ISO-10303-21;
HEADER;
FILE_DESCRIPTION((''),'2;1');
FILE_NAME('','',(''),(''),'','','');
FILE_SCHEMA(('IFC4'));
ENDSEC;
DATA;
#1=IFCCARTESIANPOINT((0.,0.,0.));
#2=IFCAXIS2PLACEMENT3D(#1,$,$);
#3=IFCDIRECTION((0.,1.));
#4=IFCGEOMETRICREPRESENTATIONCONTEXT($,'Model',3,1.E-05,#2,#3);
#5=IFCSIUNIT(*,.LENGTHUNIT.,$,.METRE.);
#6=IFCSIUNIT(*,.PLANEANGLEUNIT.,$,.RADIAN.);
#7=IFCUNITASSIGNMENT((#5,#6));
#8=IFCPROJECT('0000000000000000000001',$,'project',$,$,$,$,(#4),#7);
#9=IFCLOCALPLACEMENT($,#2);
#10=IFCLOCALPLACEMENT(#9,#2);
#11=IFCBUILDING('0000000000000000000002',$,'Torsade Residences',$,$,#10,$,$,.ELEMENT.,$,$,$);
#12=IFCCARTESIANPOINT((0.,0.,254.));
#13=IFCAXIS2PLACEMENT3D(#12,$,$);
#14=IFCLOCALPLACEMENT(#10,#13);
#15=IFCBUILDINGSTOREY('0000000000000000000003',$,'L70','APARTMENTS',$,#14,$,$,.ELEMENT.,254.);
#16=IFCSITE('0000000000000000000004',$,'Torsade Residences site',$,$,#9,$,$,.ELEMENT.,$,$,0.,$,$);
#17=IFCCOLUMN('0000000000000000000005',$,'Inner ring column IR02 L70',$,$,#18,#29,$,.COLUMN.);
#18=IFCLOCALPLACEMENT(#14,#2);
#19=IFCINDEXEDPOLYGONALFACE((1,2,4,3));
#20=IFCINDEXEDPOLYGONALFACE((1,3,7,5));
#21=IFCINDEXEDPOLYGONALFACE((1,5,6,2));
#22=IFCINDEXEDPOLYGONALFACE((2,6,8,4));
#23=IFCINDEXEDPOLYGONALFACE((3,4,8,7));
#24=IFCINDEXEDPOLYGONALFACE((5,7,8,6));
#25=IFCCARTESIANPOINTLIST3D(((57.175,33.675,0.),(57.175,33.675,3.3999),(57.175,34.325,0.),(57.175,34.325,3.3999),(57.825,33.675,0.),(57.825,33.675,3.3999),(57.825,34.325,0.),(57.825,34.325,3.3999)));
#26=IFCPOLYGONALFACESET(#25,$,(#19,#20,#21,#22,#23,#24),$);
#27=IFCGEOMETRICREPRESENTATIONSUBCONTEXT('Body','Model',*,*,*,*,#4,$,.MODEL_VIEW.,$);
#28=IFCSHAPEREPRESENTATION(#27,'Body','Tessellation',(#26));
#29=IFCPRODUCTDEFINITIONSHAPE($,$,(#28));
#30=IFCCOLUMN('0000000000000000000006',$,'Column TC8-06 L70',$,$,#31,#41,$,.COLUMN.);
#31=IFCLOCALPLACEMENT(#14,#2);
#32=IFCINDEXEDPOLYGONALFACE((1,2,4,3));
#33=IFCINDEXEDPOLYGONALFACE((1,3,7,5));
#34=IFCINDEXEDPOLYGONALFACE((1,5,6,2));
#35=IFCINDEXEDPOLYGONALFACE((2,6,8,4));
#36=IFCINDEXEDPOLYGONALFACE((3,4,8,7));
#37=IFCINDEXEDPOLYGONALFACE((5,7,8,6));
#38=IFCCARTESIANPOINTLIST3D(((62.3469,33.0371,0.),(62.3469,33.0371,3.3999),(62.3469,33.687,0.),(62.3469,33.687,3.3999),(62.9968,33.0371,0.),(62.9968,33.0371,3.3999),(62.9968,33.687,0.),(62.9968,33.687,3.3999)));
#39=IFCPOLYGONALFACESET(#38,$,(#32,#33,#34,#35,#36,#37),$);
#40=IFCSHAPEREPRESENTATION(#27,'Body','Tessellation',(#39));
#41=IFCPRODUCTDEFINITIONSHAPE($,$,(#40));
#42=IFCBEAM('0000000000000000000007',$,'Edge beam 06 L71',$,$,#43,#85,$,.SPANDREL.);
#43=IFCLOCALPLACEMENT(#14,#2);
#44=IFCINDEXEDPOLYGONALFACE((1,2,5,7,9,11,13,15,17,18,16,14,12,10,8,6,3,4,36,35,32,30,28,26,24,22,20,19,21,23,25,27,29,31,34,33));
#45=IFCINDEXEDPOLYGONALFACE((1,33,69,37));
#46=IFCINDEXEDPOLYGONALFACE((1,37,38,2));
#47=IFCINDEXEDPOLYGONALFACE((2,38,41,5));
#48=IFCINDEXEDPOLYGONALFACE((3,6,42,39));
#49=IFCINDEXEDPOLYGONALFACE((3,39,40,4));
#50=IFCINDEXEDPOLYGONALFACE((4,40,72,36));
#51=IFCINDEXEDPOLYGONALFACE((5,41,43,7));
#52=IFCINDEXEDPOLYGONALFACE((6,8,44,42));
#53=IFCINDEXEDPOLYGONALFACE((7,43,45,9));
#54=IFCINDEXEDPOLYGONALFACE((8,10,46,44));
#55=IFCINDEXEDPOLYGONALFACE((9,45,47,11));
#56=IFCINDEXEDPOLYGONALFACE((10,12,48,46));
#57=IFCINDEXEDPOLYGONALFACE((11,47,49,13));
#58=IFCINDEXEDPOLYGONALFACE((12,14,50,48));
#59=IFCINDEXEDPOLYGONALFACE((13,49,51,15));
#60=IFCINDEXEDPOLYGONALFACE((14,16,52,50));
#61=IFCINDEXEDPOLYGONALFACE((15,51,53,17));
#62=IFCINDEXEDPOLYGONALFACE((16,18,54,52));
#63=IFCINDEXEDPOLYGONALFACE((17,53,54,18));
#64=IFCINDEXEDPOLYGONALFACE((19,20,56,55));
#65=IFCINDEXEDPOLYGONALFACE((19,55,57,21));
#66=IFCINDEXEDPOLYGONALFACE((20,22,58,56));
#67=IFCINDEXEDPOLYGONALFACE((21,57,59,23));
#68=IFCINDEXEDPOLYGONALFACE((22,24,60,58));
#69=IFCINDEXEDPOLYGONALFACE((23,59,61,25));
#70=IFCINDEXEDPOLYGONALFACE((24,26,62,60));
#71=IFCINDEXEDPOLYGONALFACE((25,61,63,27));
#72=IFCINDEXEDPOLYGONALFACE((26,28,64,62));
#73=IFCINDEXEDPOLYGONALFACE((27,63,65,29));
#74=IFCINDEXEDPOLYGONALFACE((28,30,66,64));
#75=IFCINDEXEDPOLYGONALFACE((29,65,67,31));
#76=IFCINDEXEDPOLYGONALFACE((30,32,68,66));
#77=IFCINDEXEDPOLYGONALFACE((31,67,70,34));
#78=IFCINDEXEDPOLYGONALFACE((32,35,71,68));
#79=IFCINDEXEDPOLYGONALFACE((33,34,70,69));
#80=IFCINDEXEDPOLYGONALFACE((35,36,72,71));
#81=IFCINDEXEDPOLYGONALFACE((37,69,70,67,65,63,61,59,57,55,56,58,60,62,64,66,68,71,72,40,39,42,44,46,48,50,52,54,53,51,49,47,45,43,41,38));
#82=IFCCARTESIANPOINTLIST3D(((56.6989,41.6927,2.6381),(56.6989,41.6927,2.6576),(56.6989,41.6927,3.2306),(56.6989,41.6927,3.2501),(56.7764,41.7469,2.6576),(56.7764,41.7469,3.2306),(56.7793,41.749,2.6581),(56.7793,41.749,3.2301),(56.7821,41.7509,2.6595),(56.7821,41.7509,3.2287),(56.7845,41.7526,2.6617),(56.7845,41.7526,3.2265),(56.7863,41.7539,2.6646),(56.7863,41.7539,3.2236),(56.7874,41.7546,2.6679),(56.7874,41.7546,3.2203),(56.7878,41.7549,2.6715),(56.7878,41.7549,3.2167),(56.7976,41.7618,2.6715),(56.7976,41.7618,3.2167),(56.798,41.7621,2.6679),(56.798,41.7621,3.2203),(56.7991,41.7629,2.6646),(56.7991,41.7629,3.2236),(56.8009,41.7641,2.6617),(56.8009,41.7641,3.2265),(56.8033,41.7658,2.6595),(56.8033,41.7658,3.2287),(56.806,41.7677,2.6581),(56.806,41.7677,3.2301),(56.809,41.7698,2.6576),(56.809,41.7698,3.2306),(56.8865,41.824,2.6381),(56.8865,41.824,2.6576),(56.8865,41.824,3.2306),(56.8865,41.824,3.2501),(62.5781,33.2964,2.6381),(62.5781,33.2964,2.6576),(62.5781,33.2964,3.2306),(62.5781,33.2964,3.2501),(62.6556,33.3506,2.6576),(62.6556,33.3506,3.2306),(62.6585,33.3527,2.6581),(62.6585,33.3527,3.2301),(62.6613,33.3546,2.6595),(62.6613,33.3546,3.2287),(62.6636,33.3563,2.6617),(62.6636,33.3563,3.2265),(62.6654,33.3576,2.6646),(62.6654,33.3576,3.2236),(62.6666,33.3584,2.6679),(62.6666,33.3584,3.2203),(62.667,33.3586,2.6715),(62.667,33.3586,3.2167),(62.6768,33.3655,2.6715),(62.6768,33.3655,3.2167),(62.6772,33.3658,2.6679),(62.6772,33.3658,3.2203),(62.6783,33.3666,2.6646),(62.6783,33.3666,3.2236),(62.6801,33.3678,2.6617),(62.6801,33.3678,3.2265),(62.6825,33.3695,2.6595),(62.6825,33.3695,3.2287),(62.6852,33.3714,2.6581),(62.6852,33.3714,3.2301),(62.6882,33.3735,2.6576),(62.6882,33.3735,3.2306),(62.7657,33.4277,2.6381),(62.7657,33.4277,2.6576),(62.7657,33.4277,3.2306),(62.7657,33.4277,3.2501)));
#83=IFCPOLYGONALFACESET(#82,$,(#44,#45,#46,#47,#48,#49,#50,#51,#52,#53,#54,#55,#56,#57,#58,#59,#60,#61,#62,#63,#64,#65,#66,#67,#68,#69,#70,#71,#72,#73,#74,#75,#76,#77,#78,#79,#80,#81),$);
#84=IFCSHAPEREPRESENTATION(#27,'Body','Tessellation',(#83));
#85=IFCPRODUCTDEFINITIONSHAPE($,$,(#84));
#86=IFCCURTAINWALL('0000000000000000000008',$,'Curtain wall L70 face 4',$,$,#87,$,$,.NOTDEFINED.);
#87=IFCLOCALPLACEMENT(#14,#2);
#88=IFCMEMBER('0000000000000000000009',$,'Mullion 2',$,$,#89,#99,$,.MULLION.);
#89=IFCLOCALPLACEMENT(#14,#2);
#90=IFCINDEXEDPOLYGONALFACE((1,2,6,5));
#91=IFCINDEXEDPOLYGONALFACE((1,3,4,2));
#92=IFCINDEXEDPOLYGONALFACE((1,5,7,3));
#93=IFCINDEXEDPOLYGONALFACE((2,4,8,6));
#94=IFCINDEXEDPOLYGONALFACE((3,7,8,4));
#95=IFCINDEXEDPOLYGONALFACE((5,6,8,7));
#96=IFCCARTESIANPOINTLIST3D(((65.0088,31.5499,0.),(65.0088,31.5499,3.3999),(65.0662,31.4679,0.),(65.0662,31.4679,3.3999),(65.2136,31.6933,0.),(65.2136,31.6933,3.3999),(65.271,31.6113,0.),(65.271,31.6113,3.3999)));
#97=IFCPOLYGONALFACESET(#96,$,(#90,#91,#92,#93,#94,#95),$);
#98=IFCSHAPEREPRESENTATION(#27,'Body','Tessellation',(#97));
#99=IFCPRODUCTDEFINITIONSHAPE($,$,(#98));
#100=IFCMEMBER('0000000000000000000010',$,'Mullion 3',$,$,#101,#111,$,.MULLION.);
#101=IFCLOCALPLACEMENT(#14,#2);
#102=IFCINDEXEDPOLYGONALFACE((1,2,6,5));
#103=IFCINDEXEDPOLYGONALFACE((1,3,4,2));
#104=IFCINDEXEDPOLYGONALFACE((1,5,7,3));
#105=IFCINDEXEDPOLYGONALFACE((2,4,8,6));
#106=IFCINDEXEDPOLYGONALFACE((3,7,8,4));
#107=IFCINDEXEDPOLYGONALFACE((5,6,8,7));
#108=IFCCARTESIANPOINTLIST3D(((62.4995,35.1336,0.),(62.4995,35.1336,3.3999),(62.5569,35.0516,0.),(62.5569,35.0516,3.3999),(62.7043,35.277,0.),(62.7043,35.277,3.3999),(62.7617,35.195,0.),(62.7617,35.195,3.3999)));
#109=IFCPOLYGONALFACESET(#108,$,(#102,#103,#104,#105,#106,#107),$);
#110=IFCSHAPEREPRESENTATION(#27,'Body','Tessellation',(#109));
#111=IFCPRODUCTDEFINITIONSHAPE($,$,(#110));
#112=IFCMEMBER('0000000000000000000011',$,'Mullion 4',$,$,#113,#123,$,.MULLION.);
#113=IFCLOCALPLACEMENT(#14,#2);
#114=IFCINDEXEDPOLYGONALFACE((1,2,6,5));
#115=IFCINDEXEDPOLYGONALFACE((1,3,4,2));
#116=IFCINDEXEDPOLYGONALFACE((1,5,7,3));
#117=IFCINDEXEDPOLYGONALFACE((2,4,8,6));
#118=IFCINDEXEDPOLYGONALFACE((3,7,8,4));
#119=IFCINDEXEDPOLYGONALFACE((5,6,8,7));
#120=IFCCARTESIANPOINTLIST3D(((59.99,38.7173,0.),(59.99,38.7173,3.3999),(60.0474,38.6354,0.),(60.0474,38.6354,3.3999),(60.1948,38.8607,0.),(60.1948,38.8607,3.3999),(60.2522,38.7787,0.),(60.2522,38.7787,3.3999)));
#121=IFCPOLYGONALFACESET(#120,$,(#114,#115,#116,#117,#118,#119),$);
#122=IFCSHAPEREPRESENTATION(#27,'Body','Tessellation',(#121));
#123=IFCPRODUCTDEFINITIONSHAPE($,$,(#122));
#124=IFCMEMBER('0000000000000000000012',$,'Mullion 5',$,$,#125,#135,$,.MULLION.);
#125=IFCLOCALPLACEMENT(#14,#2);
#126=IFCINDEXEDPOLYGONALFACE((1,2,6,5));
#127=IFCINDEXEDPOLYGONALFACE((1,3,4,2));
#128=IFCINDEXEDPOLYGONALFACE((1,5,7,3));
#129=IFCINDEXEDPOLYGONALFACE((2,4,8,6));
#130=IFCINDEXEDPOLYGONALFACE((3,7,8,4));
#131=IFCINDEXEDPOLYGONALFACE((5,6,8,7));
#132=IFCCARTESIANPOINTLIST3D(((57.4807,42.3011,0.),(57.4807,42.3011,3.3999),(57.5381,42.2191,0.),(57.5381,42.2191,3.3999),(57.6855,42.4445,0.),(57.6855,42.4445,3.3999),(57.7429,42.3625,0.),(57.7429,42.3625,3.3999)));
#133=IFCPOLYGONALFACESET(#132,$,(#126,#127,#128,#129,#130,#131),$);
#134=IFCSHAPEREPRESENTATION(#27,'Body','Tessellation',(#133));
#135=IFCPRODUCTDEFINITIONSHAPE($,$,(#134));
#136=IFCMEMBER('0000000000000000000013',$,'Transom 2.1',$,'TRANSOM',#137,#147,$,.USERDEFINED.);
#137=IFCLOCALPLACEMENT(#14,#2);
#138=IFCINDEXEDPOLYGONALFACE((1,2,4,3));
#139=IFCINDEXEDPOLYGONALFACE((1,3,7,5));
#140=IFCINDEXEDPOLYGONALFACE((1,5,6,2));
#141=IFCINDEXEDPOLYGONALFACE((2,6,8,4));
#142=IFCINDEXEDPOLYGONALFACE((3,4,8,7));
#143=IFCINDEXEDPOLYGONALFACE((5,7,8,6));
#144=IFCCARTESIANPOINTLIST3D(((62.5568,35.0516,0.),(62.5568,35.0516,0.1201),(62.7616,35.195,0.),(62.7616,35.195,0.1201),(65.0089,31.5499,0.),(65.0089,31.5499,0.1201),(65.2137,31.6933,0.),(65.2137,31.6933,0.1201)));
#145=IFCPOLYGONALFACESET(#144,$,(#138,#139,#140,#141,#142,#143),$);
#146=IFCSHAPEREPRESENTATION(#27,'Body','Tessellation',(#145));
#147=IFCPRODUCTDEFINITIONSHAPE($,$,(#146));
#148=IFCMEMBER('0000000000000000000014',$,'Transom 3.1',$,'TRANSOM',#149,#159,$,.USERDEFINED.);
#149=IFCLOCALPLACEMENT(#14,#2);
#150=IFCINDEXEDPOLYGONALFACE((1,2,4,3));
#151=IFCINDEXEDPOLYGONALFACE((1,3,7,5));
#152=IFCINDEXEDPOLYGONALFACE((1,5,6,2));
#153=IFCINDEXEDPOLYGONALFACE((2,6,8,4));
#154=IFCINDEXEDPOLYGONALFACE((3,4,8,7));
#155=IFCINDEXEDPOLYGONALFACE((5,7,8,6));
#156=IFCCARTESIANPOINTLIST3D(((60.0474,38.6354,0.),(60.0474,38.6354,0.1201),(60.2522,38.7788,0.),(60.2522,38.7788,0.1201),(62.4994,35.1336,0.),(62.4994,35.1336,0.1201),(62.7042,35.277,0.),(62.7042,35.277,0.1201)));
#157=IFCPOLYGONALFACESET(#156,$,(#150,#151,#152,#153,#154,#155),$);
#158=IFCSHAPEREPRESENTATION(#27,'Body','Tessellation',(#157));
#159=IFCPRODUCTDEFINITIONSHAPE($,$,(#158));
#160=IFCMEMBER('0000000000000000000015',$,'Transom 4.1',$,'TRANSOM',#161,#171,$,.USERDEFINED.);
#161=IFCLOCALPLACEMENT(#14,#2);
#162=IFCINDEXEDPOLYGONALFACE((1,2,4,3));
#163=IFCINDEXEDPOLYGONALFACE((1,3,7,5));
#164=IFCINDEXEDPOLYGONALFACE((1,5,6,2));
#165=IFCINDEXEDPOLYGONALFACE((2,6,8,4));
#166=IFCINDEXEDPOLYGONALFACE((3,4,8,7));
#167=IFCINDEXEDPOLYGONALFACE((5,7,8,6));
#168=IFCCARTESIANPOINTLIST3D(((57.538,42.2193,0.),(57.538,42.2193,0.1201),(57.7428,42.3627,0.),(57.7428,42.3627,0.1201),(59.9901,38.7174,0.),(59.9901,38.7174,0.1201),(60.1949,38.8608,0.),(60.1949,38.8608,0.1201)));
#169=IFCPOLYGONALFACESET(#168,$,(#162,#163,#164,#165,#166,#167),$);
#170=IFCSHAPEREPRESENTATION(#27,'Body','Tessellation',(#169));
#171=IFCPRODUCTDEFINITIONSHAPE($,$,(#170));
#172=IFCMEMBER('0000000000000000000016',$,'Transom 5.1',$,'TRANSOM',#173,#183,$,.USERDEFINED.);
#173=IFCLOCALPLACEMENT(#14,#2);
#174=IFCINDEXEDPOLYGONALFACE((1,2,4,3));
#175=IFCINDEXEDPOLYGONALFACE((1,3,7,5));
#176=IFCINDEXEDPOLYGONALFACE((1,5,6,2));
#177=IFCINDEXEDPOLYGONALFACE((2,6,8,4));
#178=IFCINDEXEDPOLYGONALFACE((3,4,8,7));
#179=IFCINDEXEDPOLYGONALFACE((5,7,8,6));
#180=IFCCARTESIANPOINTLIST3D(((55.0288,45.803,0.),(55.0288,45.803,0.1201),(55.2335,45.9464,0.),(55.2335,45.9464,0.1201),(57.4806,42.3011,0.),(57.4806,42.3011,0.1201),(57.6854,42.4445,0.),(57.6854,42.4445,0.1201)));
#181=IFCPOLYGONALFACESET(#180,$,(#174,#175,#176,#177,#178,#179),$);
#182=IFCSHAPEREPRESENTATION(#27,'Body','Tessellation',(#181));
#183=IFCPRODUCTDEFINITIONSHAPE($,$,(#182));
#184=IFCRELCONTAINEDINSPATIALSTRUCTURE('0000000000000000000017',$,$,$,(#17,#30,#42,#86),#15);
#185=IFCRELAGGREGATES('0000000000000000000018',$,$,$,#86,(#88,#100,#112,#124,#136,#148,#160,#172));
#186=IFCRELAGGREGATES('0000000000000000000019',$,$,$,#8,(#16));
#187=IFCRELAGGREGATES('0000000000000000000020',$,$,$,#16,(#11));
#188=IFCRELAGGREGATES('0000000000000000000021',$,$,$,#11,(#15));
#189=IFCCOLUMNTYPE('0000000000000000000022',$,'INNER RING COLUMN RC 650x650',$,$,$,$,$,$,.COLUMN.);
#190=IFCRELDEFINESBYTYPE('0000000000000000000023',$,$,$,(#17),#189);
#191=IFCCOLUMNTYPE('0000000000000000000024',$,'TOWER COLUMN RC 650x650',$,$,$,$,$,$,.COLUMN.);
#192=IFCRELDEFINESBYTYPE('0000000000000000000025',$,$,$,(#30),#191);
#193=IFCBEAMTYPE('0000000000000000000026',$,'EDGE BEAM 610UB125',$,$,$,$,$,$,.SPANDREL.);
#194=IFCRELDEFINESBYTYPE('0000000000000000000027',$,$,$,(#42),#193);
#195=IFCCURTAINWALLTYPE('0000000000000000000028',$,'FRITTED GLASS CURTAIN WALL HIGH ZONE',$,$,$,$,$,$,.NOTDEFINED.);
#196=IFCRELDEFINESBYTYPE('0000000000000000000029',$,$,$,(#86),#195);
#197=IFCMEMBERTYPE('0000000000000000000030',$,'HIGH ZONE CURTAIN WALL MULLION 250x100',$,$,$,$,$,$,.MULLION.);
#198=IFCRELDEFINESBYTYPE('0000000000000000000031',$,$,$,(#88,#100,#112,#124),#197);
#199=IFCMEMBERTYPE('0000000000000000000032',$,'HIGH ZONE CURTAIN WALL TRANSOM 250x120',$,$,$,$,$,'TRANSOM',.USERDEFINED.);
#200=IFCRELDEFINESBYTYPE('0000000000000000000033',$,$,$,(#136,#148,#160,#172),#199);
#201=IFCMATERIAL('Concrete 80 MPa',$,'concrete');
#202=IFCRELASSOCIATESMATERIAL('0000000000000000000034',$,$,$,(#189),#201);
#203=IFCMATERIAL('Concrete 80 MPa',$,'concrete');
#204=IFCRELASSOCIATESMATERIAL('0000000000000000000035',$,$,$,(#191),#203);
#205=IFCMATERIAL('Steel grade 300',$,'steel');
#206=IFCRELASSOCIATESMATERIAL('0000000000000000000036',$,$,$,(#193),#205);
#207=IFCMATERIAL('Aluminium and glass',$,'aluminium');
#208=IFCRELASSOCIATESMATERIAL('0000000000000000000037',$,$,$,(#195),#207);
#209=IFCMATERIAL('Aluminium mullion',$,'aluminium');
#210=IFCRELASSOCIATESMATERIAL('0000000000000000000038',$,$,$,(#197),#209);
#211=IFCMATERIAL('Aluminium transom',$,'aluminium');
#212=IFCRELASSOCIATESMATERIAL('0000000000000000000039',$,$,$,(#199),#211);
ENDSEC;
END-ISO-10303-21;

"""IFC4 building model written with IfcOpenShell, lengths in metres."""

from ifc_helpers import new_model, si_unit, direction, frame, origin, origin_2d, place, context, subcontext, project, spatial, rectangle, i_section, extrude, material, material_profile, profile_set, type_object, element, aggregate, save


model = new_model("IFC4")

# Units and contexts
model_context = context("Model", 3, precision=1e-05, world=origin(), true_north=direction((0.0, 1.0)))
body_context = subcontext(model_context, "Body", "Model", "MODEL_VIEW")
ifc_project = project(units=[si_unit("LENGTHUNIT", "METRE"), si_unit("PLANEANGLEUNIT", "RADIAN")], contexts=[model_context])

# Site, building, storey
site_placement = place(None, origin())
site = spatial("IfcSite", under=ifc_project, at=site_placement, Name="Torsade Residences site", CompositionType="ELEMENT", RefElevation=0.0)
building_placement = place(site_placement, origin())
building = spatial("IfcBuilding", under=site, at=building_placement, Name="Torsade Residences", CompositionType="ELEMENT")
storey_placement = place(building_placement, frame((0.0, 0.0, 254.0)))
storey = spatial("IfcBuildingStorey", under=building, at=storey_placement, Name="L70", Description="APARTMENTS", CompositionType="ELEMENT", Elevation=254.0)

# Columns
ifc_material_1 = material(Name="Concrete 80 MPa", Category="concrete")
ifc_material_profile_1 = material_profile(ifc_material_1, rectangle(XDim=0.6499, YDim=0.6499, at=origin_2d()), Name="RC 650x650")
ifc_profile_set_1 = profile_set([ifc_material_profile_1], Name="Concrete 80 MPa")
column_type_1 = type_object("IfcColumnType", Name="INNER RING COLUMN RC 650x650", PredefinedType="COLUMN", material=ifc_profile_set_1)
column_1_placement = place(storey_placement, frame((57.5, 34.0, 0.0), z_axis=(0.0, 0.0, 1.0), x_axis=(1.0, 0.0, 0.0)))
element("IfcColumn", 1, at=column_1_placement, inside=storey, type_object=column_type_1, Name="Inner ring column IR02 L70", PredefinedType="COLUMN", context=body_context, shape_type="SweptSolid", body=[
    extrude(rectangle(XDim=0.6499, YDim=0.6499, at=origin_2d()), origin(), (0.0, 0.0, 1.0), 3.3999),
])
ifc_material_2 = material(Name="Concrete 80 MPa", Category="concrete")
ifc_material_profile_2 = material_profile(ifc_material_2, rectangle(XDim=0.6499, YDim=0.6499, at=origin_2d()), Name="RC 650x650")
ifc_profile_set_2 = profile_set([ifc_material_profile_2], Name="Concrete 80 MPa")
column_type_2 = type_object("IfcColumnType", Name="TOWER COLUMN RC 650x650", PredefinedType="COLUMN", material=ifc_profile_set_2)
column_2_placement = place(storey_placement, frame((62.6719, 33.3621, 0.0), z_axis=(0.0, 0.0, 1.0), x_axis=(1.0, 0.0, 0.0)))
element("IfcColumn", 2, at=column_2_placement, inside=storey, type_object=column_type_2, Name="Column TC8-06 L70", PredefinedType="COLUMN", context=body_context, shape_type="SweptSolid", body=[
    extrude(rectangle(XDim=0.6499, YDim=0.6499, at=origin_2d()), origin(), (0.0, 0.0, 1.0), 3.3999),
])

# Beam
ifc_material_3 = material(Name="Steel grade 300", Category="steel")
ifc_material_profile_3 = material_profile(ifc_material_3, i_section(OverallWidth=0.229, OverallDepth=0.6121, WebThickness=0.012, FlangeThickness=0.0195, FilletRadius=0.0139, at=origin_2d()), Name="610UB125")
ifc_profile_set_3 = profile_set([ifc_material_profile_3], Name="Steel grade 300")
beam_type_1 = type_object("IfcBeamType", Name="EDGE BEAM 610UB125", PredefinedType="SPANDREL", material=ifc_profile_set_3)
beam_1_placement = place(storey_placement, frame((62.6719, 33.3621, 2.9441), z_axis=(-0.573579, 0.81915, 0.0), x_axis=(-0.81915, -0.573579, 0.0)))
element("IfcBeam", 3, at=beam_1_placement, inside=storey, type_object=beam_type_1, Name="Edge beam 06 L71", PredefinedType="SPANDREL", context=body_context, shape_type="SweptSolid", body=[
    extrude(i_section(OverallWidth=0.229, OverallDepth=0.6121, WebThickness=0.012, FlangeThickness=0.0195, FilletRadius=0.0139, at=origin_2d()), origin(), (0.0, 0.0, 1.0), 10.25),
])

# Curtain wall, members
ifc_material_4 = material(Name="Aluminium and glass", Category="aluminium")
curtain_wall_type = type_object("IfcCurtainWallType", Name="FRITTED GLASS CURTAIN WALL HIGH ZONE", PredefinedType="NOTDEFINED", material=ifc_material_4)
curtain_wall_placement = place(storey_placement, origin())
curtain_wall = element("IfcCurtainWall", 4, at=curtain_wall_placement, inside=storey, type_object=curtain_wall_type, Name="Curtain wall L70 face 4", PredefinedType="NOTDEFINED")
ifc_material_5 = material(Name="Aluminium mullion", Category="aluminium")
ifc_material_profile_4 = material_profile(ifc_material_5, rectangle(XDim=0.25, YDim=0.1001, at=origin_2d()), Name="HIGH ZONE CURTAIN WALL MULLION 250x100")
ifc_profile_set_4 = profile_set([ifc_material_profile_4], Name="Aluminium mullion")
member_type_1 = type_object("IfcMemberType", Name="HIGH ZONE CURTAIN WALL MULLION 250x100", PredefinedType="MULLION", material=ifc_profile_set_4)
member_1_placement = place(storey_placement, frame((65.1399, 31.5806, 0.0), z_axis=(0.0, 0.0, 1.0), x_axis=(-0.819152, -0.573576, 0.0)))
member_1 = element("IfcMember", 5, at=member_1_placement, type_object=member_type_1, Name="Mullion 2", PredefinedType="MULLION", context=body_context, shape_type="SweptSolid", body=[
    extrude(rectangle(XDim=0.25, YDim=0.1001, at=origin_2d()), origin(), (0.0, 0.0, 1.0), 3.3999),
])
member_2_placement = place(storey_placement, frame((62.6306, 35.1643, 0.0), z_axis=(0.0, 0.0, 1.0), x_axis=(-0.819152, -0.573576, 0.0)))
member_2 = element("IfcMember", 6, at=member_2_placement, type_object=member_type_1, Name="Mullion 3", PredefinedType="MULLION", context=body_context, shape_type="SweptSolid", body=[
    extrude(rectangle(XDim=0.25, YDim=0.1001, at=origin_2d()), origin(), (0.0, 0.0, 1.0), 3.3999),
])
member_3_placement = place(storey_placement, frame((60.1211, 38.748, 0.0), z_axis=(0.0, 0.0, 1.0), x_axis=(-0.819152, -0.573576, 0.0)))
member_3 = element("IfcMember", 7, at=member_3_placement, type_object=member_type_1, Name="Mullion 4", PredefinedType="MULLION", context=body_context, shape_type="SweptSolid", body=[
    extrude(rectangle(XDim=0.25, YDim=0.1001, at=origin_2d()), origin(), (0.0, 0.0, 1.0), 3.3999),
])
member_4_placement = place(storey_placement, frame((57.6118, 42.3318, 0.0), z_axis=(0.0, 0.0, 1.0), x_axis=(-0.819152, -0.573576, 0.0)))
member_4 = element("IfcMember", 8, at=member_4_placement, type_object=member_type_1, Name="Mullion 5", PredefinedType="MULLION", context=body_context, shape_type="SweptSolid", body=[
    extrude(rectangle(XDim=0.25, YDim=0.1001, at=origin_2d()), origin(), (0.0, 0.0, 1.0), 3.3999),
])
ifc_material_6 = material(Name="Aluminium transom", Category="aluminium")
ifc_material_profile_5 = material_profile(ifc_material_6, rectangle(XDim=0.25, YDim=0.1201, at=origin_2d()), Name="HIGH ZONE CURTAIN WALL TRANSOM 250x120")
ifc_profile_set_5 = profile_set([ifc_material_profile_5], Name="Aluminium transom")
member_type_2 = type_object("IfcMemberType", Name="HIGH ZONE CURTAIN WALL TRANSOM 250x120", ElementType="TRANSOM", PredefinedType="USERDEFINED", material=ifc_profile_set_5)
member_5_placement = place(storey_placement, frame((65.1113, 31.6216, 0.0601), z_axis=(-0.573612, 0.819127, 0.0), x_axis=(-0.819127, -0.573612, 0.0)))
member_5 = element("IfcMember", 9, at=member_5_placement, type_object=member_type_2, Name="Transom 2.1", ObjectType="TRANSOM", PredefinedType="USERDEFINED", context=body_context, shape_type="SweptSolid", body=[
    extrude(rectangle(XDim=0.25, YDim=0.1201, at=origin_2d()), origin(), (0.0, 0.0, 1.0), 4.2749),
])
member_6_placement = place(storey_placement, frame((62.6018, 35.2053, 0.0601), z_axis=(-0.573573, 0.819154, 0.0), x_axis=(-0.819154, -0.573573, 0.0)))
member_6 = element("IfcMember", 10, at=member_6_placement, type_object=member_type_2, Name="Transom 3.1", ObjectType="TRANSOM", PredefinedType="USERDEFINED", context=body_context, shape_type="SweptSolid", body=[
    extrude(rectangle(XDim=0.25, YDim=0.1201, at=origin_2d()), origin(), (0.0, 0.0, 1.0), 4.2749),
])
member_7_placement = place(storey_placement, frame((60.0925, 38.7891, 0.0601), z_axis=(-0.573585, 0.819146, 0.0), x_axis=(-0.819146, -0.573585, 0.0)))
member_7 = element("IfcMember", 11, at=member_7_placement, type_object=member_type_2, Name="Transom 4.1", ObjectType="TRANSOM", PredefinedType="USERDEFINED", context=body_context, shape_type="SweptSolid", body=[
    extrude(rectangle(XDim=0.25, YDim=0.1201, at=origin_2d()), origin(), (0.0, 0.0, 1.0), 4.2751),
])
member_8_placement = place(storey_placement, frame((57.583, 42.3728, 0.0601), z_axis=(-0.573547, 0.819173, 0.0), x_axis=(-0.819173, -0.573547, 0.0)))
member_8 = element("IfcMember", 12, at=member_8_placement, type_object=member_type_2, Name="Transom 5.1", ObjectType="TRANSOM", PredefinedType="USERDEFINED", context=body_context, shape_type="SweptSolid", body=[
    extrude(rectangle(XDim=0.25, YDim=0.1201, at=origin_2d()), origin(), (0.0, 0.0, 1.0), 4.2749),
])

aggregate(curtain_wall, [member_1, member_2, member_3, member_4, member_5, member_6, member_7, member_8])

save(model, "model.ifc")
